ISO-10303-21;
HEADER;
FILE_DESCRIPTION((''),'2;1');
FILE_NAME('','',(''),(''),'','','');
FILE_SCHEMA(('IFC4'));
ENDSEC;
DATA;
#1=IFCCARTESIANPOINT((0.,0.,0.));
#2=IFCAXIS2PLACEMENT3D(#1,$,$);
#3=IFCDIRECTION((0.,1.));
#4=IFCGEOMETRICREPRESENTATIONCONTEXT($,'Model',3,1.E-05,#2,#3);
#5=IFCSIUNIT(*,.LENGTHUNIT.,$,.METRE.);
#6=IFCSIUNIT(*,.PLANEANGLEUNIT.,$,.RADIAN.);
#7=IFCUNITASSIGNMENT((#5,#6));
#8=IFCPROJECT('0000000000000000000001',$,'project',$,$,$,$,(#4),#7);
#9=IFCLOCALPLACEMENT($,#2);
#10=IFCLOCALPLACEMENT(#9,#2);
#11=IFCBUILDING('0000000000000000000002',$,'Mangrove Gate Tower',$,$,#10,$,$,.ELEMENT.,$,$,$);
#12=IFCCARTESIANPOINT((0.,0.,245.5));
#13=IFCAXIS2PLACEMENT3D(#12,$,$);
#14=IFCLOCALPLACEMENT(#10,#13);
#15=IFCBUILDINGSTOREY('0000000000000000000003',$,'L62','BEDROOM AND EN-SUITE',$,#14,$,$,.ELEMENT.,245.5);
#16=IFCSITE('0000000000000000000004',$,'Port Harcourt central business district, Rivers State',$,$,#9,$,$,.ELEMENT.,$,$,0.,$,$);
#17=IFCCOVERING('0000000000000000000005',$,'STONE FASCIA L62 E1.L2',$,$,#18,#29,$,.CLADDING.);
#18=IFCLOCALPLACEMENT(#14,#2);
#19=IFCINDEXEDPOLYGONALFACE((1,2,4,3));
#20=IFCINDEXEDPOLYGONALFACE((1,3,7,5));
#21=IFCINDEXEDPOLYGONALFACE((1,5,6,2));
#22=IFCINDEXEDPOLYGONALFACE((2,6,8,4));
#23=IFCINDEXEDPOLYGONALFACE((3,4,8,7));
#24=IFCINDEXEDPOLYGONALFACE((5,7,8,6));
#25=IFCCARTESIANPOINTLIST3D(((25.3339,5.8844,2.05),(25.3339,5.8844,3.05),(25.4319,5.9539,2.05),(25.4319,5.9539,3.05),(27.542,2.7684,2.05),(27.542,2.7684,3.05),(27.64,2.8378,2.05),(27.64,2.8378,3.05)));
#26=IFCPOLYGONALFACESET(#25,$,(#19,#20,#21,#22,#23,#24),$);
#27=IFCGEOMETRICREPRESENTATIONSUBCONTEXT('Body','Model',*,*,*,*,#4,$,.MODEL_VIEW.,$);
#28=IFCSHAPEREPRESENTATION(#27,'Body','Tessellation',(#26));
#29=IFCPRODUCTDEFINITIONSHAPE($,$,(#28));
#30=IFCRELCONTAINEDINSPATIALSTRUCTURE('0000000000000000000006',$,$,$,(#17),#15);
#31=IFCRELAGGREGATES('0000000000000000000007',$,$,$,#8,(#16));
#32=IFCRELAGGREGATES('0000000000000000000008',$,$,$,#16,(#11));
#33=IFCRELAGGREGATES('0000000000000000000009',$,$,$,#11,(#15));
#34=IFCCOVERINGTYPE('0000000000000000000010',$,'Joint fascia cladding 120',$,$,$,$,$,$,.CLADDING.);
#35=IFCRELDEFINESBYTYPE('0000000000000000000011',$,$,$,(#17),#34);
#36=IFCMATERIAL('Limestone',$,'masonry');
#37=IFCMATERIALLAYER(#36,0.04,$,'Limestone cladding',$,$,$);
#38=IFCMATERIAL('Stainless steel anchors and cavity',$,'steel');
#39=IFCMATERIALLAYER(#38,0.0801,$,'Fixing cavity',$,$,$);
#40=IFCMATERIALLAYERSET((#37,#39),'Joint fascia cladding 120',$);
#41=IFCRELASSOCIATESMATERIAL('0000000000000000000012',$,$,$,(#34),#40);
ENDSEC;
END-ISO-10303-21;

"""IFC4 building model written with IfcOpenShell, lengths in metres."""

from ifc_helpers import new_model, si_unit, direction, frame, frame_2d, origin, place, context, subcontext, project, spatial, rectangle, extrude, material, layer, layer_set, type_object, element, save


model = new_model("IFC4")

# Units and contexts
model_context = context("Model", 3, precision=1e-05, world=origin(), true_north=direction((0.0, 1.0)))
body_context = subcontext(model_context, "Body", "Model", "MODEL_VIEW")
ifc_project = project(units=[si_unit("LENGTHUNIT", "METRE"), si_unit("PLANEANGLEUNIT", "RADIAN")], contexts=[model_context])

# Site, building, storey
site_placement = place(None, origin())
site = spatial("IfcSite", under=ifc_project, at=site_placement, Name="Port Harcourt central business district, Rivers State", CompositionType="ELEMENT", RefElevation=0.0)
building_placement = place(site_placement, origin())
building = spatial("IfcBuilding", under=site, at=building_placement, Name="Mangrove Gate Tower", CompositionType="ELEMENT")
storey_placement = place(building_placement, frame((0.0, 0.0, 245.5)))
storey = spatial("IfcBuildingStorey", under=building, at=storey_placement, Name="L62", Description="BEDROOM AND EN-SUITE", CompositionType="ELEMENT", Elevation=245.5)

# Shared definitions
ifc_material_1 = material(Name="Limestone", Category="masonry")

# Covering
ifc_layer_1 = layer(ifc_material_1, 0.04, Name="Limestone cladding")
ifc_material_2 = material(Name="Stainless steel anchors and cavity", Category="steel")
ifc_layer_2 = layer(ifc_material_2, 0.0801, Name="Fixing cavity")
ifc_layer_set_1 = layer_set([ifc_layer_1, ifc_layer_2], Name="Joint fascia cladding 120")
covering_type = type_object("IfcCoveringType", Name="Joint fascia cladding 120", PredefinedType="CLADDING", material=ifc_layer_set_1)
covering_placement = place(storey_placement, frame((27.5911, 2.803, 2.05), z_axis=(0.0, 0.0, 1.0), x_axis=(-0.578168, 0.815918, 0.0)))
element("IfcCovering", 1, at=covering_placement, inside=storey, type_object=covering_type, Name="STONE FASCIA L62 E1.L2", PredefinedType="CLADDING", context=body_context, shape_type="SweptSolid", body=[
    extrude(rectangle(XDim=3.8191, YDim=0.1201, at=frame_2d((1.9097, 0.0))), origin(), (0.0, 0.0, 1.0), 1.0),
])

save(model, "model.ifc")
